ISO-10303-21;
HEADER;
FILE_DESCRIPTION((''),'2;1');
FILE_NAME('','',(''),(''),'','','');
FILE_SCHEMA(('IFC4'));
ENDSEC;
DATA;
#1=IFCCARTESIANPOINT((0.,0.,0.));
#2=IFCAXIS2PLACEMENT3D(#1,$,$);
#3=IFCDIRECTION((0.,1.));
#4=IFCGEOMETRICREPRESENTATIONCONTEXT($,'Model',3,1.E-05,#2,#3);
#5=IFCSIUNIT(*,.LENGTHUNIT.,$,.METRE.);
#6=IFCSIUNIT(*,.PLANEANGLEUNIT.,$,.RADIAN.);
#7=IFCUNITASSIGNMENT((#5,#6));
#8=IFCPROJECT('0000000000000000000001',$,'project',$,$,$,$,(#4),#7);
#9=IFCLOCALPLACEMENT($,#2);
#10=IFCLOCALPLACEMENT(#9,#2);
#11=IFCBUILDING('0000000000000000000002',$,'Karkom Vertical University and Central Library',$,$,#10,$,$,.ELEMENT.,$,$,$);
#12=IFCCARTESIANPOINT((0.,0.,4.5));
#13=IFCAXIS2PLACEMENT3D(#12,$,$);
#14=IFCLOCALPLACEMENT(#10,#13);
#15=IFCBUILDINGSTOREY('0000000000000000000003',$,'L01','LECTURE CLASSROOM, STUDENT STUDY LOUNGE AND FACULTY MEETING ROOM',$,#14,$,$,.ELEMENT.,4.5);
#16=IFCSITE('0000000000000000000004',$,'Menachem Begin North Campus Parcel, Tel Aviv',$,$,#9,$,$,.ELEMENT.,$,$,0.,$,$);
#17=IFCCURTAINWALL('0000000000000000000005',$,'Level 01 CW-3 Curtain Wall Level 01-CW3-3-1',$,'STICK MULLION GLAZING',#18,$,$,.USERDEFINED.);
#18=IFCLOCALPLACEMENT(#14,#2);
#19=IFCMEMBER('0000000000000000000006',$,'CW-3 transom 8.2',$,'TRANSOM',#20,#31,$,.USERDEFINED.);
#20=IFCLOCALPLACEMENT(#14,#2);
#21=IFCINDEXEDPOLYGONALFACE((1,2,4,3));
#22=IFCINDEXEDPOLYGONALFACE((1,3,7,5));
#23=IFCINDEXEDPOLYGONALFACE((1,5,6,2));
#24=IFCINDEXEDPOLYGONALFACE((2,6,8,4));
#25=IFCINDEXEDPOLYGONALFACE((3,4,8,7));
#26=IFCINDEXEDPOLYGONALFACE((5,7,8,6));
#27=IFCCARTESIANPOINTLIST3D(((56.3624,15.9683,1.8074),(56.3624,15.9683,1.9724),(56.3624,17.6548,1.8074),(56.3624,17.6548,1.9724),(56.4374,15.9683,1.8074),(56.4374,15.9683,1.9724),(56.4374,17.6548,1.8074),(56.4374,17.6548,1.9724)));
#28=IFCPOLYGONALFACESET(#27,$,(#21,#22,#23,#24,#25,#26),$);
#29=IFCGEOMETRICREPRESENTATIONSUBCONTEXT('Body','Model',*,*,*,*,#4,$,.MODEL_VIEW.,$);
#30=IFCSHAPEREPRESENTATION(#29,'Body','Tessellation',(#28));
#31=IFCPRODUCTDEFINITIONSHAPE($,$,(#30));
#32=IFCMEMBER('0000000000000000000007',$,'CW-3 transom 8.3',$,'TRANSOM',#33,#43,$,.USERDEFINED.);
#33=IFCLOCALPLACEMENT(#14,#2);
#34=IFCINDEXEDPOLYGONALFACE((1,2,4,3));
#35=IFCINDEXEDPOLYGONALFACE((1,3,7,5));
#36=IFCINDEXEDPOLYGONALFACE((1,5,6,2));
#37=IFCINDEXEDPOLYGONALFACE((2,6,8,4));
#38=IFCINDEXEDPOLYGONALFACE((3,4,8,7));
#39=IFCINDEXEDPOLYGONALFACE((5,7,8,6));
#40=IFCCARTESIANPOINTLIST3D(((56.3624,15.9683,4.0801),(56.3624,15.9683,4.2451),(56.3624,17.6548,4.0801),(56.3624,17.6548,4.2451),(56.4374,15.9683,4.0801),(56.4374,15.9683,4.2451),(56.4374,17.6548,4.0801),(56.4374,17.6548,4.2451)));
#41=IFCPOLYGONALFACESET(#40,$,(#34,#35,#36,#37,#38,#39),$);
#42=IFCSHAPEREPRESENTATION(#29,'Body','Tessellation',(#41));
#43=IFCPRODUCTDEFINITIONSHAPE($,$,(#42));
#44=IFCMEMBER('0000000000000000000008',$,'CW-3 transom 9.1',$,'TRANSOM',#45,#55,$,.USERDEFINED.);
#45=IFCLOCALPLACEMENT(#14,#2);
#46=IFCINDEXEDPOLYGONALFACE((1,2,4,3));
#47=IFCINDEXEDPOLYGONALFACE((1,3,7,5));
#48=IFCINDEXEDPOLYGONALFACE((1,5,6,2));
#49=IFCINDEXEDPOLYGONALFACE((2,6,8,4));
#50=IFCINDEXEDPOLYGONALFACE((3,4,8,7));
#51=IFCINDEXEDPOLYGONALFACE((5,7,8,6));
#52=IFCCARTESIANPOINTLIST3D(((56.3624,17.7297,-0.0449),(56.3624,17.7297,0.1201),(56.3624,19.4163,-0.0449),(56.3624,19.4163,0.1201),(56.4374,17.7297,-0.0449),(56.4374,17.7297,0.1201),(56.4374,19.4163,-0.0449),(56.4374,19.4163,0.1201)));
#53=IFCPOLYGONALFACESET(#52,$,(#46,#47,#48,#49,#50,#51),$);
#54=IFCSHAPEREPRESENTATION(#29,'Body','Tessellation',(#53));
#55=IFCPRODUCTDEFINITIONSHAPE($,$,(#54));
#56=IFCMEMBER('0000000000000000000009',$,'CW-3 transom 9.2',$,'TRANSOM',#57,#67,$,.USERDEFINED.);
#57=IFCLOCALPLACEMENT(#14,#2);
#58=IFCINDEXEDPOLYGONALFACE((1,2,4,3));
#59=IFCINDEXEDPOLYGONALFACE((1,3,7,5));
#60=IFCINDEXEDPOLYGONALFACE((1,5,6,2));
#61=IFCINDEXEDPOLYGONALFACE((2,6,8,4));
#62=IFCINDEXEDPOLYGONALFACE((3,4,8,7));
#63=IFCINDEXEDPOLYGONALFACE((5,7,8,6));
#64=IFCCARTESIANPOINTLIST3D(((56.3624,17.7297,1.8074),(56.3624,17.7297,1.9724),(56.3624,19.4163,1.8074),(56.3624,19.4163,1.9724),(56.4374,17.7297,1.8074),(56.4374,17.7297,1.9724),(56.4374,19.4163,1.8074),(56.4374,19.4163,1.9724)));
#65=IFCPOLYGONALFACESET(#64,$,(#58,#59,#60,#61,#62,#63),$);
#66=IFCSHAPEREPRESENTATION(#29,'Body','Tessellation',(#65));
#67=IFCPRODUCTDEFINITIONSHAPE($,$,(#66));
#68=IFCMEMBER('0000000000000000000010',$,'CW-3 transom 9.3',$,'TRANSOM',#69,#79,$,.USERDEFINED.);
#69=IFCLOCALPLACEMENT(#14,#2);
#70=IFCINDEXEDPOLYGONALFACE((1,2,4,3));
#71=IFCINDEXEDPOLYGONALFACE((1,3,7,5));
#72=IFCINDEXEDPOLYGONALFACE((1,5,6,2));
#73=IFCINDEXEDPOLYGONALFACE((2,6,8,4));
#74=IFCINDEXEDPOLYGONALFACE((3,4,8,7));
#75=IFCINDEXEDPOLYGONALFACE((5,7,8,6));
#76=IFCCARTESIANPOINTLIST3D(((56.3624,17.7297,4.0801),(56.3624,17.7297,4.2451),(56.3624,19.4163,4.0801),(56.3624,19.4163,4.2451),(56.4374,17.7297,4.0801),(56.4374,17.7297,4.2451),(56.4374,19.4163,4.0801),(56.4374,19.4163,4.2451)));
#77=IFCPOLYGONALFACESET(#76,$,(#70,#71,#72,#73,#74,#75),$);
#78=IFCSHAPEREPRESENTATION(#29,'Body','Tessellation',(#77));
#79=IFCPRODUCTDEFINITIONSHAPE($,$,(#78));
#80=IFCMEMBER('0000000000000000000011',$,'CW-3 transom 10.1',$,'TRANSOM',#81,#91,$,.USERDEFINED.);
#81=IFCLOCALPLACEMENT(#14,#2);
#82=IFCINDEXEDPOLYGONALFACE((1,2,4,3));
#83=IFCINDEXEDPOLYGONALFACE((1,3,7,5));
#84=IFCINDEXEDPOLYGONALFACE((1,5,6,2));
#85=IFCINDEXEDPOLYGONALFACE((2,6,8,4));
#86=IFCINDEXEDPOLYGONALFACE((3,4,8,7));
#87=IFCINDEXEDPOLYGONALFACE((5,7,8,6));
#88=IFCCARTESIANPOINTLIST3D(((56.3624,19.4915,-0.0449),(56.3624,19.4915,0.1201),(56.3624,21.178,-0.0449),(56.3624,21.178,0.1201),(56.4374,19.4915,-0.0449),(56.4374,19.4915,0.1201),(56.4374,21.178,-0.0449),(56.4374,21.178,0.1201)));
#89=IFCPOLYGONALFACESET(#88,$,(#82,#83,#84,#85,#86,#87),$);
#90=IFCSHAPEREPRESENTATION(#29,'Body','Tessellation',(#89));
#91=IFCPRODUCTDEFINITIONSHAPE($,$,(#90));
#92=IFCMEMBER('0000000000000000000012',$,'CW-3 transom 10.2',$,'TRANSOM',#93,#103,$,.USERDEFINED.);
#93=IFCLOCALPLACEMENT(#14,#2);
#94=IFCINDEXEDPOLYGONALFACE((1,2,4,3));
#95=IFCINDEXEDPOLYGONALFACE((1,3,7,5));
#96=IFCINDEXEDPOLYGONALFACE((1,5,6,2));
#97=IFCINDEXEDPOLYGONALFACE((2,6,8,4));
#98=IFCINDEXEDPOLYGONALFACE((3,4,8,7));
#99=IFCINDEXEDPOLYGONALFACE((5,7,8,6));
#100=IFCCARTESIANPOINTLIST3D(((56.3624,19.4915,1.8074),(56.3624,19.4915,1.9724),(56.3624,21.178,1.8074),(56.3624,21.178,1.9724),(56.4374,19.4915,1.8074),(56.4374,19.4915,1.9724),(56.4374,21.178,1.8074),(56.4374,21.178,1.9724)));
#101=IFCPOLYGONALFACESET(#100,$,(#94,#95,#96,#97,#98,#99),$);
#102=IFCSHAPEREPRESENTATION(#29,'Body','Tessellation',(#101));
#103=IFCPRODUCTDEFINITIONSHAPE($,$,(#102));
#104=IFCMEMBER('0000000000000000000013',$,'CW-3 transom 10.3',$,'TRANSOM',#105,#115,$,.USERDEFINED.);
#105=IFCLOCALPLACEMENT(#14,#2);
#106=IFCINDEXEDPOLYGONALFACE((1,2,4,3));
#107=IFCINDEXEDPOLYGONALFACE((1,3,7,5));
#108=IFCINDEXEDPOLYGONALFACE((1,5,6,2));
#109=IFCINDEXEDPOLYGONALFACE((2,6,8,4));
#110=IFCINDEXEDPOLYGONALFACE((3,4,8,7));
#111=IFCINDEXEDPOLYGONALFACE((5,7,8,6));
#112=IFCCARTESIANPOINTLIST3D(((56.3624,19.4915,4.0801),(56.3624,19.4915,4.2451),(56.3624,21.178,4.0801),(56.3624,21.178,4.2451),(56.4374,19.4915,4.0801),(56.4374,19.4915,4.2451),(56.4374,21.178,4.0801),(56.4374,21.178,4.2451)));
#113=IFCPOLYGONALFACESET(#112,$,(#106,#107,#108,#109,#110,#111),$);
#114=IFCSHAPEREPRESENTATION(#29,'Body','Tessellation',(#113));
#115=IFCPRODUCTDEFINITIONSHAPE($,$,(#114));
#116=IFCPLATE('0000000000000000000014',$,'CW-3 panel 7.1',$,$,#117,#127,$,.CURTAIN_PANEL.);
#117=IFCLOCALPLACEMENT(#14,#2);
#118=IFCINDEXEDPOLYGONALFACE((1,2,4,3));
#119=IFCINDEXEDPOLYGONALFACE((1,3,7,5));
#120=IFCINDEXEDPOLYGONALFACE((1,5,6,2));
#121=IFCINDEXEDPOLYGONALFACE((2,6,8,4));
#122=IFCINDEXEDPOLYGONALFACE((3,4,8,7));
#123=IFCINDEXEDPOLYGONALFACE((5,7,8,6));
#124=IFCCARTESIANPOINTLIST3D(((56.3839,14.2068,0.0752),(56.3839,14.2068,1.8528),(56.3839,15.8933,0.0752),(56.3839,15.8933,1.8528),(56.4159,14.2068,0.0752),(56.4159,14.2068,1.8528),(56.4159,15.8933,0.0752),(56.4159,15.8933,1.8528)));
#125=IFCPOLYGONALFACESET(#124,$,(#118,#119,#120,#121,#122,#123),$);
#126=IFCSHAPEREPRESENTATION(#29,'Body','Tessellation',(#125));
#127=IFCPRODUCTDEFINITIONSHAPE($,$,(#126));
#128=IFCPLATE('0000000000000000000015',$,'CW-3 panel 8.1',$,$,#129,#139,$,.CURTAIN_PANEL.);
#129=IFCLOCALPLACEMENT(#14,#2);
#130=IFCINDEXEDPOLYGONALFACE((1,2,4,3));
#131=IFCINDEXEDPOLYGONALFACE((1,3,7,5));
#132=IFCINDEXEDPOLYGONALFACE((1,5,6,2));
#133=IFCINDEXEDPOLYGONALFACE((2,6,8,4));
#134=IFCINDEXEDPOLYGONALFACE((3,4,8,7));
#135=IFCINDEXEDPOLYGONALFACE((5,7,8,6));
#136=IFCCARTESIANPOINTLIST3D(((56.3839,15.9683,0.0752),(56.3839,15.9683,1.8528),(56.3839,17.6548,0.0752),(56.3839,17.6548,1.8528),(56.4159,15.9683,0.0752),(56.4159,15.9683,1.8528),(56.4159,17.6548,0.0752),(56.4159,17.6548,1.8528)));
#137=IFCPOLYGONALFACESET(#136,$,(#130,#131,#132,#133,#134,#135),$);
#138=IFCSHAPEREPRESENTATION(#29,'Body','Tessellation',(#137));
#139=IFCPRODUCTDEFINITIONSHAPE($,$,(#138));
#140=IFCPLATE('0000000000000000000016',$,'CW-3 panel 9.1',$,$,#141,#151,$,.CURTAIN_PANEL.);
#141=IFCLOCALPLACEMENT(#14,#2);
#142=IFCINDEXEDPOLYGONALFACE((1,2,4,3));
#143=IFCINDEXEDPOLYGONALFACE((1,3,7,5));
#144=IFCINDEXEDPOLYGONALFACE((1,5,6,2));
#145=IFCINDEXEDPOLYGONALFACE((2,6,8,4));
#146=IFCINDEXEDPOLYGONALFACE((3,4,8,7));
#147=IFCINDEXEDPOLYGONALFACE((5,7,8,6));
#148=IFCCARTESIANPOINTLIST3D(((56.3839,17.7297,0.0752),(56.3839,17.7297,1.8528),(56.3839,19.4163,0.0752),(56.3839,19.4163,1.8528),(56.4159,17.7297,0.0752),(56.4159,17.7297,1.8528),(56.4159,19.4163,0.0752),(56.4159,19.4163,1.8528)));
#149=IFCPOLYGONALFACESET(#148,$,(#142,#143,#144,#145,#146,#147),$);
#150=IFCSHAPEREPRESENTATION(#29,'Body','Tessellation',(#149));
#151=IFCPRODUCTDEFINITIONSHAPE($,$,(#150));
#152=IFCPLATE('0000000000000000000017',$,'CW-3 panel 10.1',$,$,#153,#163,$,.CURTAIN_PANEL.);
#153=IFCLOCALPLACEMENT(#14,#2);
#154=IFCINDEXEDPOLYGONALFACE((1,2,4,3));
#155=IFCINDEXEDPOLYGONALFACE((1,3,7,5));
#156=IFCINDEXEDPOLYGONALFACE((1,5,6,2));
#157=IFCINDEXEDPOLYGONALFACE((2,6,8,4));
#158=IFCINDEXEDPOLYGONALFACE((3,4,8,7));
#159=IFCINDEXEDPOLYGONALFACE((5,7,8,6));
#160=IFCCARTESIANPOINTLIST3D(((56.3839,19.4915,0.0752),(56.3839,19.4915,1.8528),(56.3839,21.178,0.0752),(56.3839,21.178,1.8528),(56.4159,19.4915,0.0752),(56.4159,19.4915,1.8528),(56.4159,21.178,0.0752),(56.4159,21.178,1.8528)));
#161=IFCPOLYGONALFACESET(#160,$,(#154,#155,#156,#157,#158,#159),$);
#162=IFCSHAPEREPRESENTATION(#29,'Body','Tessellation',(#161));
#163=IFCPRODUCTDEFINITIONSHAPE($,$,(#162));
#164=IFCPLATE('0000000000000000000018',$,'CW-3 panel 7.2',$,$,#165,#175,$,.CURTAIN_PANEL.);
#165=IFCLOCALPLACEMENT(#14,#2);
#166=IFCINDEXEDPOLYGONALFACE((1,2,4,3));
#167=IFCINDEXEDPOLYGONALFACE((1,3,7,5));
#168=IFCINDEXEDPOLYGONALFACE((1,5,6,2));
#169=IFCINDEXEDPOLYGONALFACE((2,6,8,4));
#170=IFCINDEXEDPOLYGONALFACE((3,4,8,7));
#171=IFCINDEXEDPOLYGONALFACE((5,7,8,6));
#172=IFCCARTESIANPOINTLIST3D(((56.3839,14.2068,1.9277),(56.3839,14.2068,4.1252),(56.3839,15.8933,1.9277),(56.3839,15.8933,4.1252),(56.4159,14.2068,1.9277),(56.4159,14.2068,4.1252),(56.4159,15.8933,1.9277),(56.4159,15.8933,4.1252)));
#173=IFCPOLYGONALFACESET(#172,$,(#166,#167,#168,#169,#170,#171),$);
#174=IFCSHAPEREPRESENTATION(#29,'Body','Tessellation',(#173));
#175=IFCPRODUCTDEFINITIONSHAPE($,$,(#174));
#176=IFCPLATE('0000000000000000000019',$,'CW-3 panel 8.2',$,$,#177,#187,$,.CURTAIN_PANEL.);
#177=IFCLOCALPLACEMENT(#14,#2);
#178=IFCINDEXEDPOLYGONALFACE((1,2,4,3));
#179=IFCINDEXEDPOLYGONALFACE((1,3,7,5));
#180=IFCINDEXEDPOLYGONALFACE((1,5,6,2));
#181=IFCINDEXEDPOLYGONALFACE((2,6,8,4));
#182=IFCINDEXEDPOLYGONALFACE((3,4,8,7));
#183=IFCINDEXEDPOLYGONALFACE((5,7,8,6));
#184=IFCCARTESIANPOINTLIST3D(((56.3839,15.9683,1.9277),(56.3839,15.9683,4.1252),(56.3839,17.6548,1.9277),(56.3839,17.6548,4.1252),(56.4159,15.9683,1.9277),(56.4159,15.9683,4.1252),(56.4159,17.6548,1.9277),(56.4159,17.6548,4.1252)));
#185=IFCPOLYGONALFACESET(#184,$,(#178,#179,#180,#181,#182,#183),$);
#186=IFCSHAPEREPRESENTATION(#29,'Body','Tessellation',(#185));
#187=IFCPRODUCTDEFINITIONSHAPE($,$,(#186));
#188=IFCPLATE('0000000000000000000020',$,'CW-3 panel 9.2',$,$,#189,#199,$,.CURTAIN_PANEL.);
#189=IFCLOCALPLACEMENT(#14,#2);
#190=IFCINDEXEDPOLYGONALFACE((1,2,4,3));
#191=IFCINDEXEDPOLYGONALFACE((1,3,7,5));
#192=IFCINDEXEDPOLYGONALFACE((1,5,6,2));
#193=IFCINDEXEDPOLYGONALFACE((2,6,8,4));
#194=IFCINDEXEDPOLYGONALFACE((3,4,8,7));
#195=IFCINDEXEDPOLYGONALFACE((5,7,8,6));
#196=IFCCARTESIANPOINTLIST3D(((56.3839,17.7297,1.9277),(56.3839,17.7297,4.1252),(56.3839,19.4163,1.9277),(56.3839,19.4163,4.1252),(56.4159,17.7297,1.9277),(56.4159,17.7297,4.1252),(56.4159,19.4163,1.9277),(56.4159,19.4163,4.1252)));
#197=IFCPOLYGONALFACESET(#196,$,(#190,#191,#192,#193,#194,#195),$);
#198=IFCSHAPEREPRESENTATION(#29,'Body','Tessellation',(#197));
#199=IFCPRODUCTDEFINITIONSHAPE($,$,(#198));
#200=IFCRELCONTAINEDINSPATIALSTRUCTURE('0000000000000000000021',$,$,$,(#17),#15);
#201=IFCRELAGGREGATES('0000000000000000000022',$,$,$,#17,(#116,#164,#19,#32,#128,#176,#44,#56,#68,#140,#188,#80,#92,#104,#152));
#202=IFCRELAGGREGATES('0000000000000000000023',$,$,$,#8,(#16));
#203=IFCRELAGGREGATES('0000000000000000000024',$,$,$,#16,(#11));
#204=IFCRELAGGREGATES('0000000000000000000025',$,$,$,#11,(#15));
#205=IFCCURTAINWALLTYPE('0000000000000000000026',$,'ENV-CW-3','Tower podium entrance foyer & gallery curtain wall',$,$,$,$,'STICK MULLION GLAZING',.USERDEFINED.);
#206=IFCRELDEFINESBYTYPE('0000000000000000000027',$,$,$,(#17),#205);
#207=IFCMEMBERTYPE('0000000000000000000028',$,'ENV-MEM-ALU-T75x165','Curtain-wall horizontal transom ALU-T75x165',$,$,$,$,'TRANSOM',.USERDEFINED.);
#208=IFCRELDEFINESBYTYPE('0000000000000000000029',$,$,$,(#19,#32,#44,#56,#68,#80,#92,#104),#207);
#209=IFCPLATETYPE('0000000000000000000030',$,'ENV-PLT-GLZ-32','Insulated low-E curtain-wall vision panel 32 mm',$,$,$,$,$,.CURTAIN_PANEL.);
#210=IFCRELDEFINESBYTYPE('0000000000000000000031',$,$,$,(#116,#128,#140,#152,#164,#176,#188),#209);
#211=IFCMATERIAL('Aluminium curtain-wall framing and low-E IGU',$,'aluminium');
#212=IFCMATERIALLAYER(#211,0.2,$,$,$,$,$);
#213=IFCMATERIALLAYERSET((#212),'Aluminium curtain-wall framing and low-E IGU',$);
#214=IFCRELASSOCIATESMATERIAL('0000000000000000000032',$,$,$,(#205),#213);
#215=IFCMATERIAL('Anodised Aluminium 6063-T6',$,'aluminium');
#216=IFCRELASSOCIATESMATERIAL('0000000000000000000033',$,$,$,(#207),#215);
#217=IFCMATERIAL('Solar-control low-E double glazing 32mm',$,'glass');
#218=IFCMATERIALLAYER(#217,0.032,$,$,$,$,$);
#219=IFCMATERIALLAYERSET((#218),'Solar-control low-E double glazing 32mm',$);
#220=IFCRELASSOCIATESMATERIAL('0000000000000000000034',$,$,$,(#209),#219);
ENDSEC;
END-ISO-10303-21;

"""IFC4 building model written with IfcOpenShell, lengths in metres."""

from ifc_helpers import new_model, si_unit, direction, frame, origin, origin_with_axes, origin_2d, place, context, subcontext, project, spatial, rectangle, extrude, source, transform, mapped, material, layer, layer_set, material_profile, profile_set, type_object, element, aggregate, save


model = new_model("IFC4")

# Units and contexts
model_context = context("Model", 3, precision=1e-05, world=origin(), true_north=direction((0.0, 1.0)))
body_context = subcontext(model_context, "Body", "Model", "MODEL_VIEW")
ifc_project = project(units=[si_unit("LENGTHUNIT", "METRE"), si_unit("PLANEANGLEUNIT", "RADIAN")], contexts=[model_context])

# Site, building, storey
site_placement = place(None, origin())
site = spatial("IfcSite", under=ifc_project, at=site_placement, Name="Menachem Begin North Campus Parcel, Tel Aviv", CompositionType="ELEMENT", RefElevation=0.0)
building_placement = place(site_placement, origin())
building = spatial("IfcBuilding", under=site, at=building_placement, Name="Karkom Vertical University and Central Library", CompositionType="ELEMENT")
storey_placement = place(building_placement, frame((0.0, 0.0, 4.5)))
storey = spatial("IfcBuildingStorey", under=building, at=storey_placement, Name="L01", Description="LECTURE CLASSROOM, STUDENT STUDY LOUNGE AND FACULTY MEETING ROOM", CompositionType="ELEMENT", Elevation=4.5)

# Curtain wall, members, plates
ifc_material_1 = material(Name="Aluminium curtain-wall framing and low-E IGU", Category="aluminium")
ifc_layer_1 = layer(ifc_material_1, 0.2)
ifc_layer_set_1 = layer_set([ifc_layer_1], Name="Aluminium curtain-wall framing and low-E IGU")
curtain_wall_type = type_object("IfcCurtainWallType", Name="ENV-CW-3", Description="Tower podium entrance foyer & gallery curtain wall", ElementType="STICK MULLION GLAZING", PredefinedType="USERDEFINED", material=ifc_layer_set_1)
curtain_wall_placement = place(storey_placement, origin())
curtain_wall = element("IfcCurtainWall", 1, at=curtain_wall_placement, inside=storey, type_object=curtain_wall_type, Name="Level 01 CW-3 Curtain Wall Level 01-CW3-3-1", ObjectType="STICK MULLION GLAZING", PredefinedType="USERDEFINED")
ifc_material_2 = material(Name="Anodised Aluminium 6063-T6", Category="aluminium")
ifc_material_profile_1 = material_profile(ifc_material_2, rectangle(XDim=0.075, YDim=0.165, at=origin_2d()), Name="ALU-T75x165")
ifc_profile_set_1 = profile_set([ifc_material_profile_1], Name="Anodised Aluminium 6063-T6")
member_type_1 = type_object("IfcMemberType", Name="ENV-MEM-ALU-T75x165", Description="Curtain-wall horizontal transom ALU-T75x165", ElementType="TRANSOM", PredefinedType="USERDEFINED", material=ifc_profile_set_1)
shared_shape_1 = source(origin_with_axes(), body_context, "Body", "SweptSolid", [
    extrude(rectangle(XDim=0.075, YDim=0.165, at=origin_2d()), origin(), (0.0, 0.0, 1.0), 1.6865),
])
member_1_placement = place(storey_placement, frame((56.3999, 15.9683, 1.8899), z_axis=(0.0, 1.0, 0.0), x_axis=(-1.0, 0.0, 0.0)))
member_1 = element("IfcMember", 2, at=member_1_placement, type_object=member_type_1, Name="CW-3 transom 8.2", ObjectType="TRANSOM", PredefinedType="USERDEFINED", context=body_context, shape_type="MappedRepresentation", body=[
    mapped(shared_shape_1, transform((0.0, 0.0, 0.0), scale=1.0)),
])
member_2_placement = place(storey_placement, frame((56.3999, 15.9683, 4.1626), z_axis=(0.0, 1.0, 0.0), x_axis=(-1.0, 0.0, 0.0)))
member_2 = element("IfcMember", 3, at=member_2_placement, type_object=member_type_1, Name="CW-3 transom 8.3", ObjectType="TRANSOM", PredefinedType="USERDEFINED", context=body_context, shape_type="MappedRepresentation", body=[
    mapped(shared_shape_1, transform((0.0, 0.0, 0.0), scale=1.0)),
])
member_3_placement = place(storey_placement, frame((56.3999, 17.7297, 0.0376), z_axis=(0.0, 1.0, 0.0), x_axis=(-1.0, 0.0, 0.0)))
member_3 = element("IfcMember", 4, at=member_3_placement, type_object=member_type_1, Name="CW-3 transom 9.1", ObjectType="TRANSOM", PredefinedType="USERDEFINED", context=body_context, shape_type="MappedRepresentation", body=[
    mapped(shared_shape_1, transform((0.0, 0.0, 0.0), scale=1.0)),
])
member_4_placement = place(storey_placement, frame((56.3999, 17.7297, 1.8899), z_axis=(0.0, 1.0, 0.0), x_axis=(-1.0, 0.0, 0.0)))
member_4 = element("IfcMember", 5, at=member_4_placement, type_object=member_type_1, Name="CW-3 transom 9.2", ObjectType="TRANSOM", PredefinedType="USERDEFINED", context=body_context, shape_type="MappedRepresentation", body=[
    mapped(shared_shape_1, transform((0.0, 0.0, 0.0), scale=1.0)),
])
member_5_placement = place(storey_placement, frame((56.3999, 17.7297, 4.1626), z_axis=(0.0, 1.0, 0.0), x_axis=(-1.0, 0.0, 0.0)))
member_5 = element("IfcMember", 6, at=member_5_placement, type_object=member_type_1, Name="CW-3 transom 9.3", ObjectType="TRANSOM", PredefinedType="USERDEFINED", context=body_context, shape_type="MappedRepresentation", body=[
    mapped(shared_shape_1, transform((0.0, 0.0, 0.0), scale=1.0)),
])
member_6_placement = place(storey_placement, frame((56.3999, 19.4915, 0.0376), z_axis=(0.0, 1.0, 0.0), x_axis=(-1.0, 0.0, 0.0)))
member_6 = element("IfcMember", 7, at=member_6_placement, type_object=member_type_1, Name="CW-3 transom 10.1", ObjectType="TRANSOM", PredefinedType="USERDEFINED", context=body_context, shape_type="MappedRepresentation", body=[
    mapped(shared_shape_1, transform((0.0, 0.0, 0.0), scale=1.0)),
])
member_7_placement = place(storey_placement, frame((56.3999, 19.4915, 1.8899), z_axis=(0.0, 1.0, 0.0), x_axis=(-1.0, 0.0, 0.0)))
member_7 = element("IfcMember", 8, at=member_7_placement, type_object=member_type_1, Name="CW-3 transom 10.2", ObjectType="TRANSOM", PredefinedType="USERDEFINED", context=body_context, shape_type="MappedRepresentation", body=[
    mapped(shared_shape_1, transform((0.0, 0.0, 0.0), scale=1.0)),
])
member_8_placement = place(storey_placement, frame((56.3999, 19.4915, 4.1626), z_axis=(0.0, 1.0, 0.0), x_axis=(-1.0, 0.0, 0.0)))
member_8 = element("IfcMember", 9, at=member_8_placement, type_object=member_type_1, Name="CW-3 transom 10.3", ObjectType="TRANSOM", PredefinedType="USERDEFINED", context=body_context, shape_type="MappedRepresentation", body=[
    mapped(shared_shape_1, transform((0.0, 0.0, 0.0), scale=1.0)),
])
ifc_material_3 = material(Name="Solar-control low-E double glazing 32mm", Category="glass")
ifc_layer_2 = layer(ifc_material_3, 0.032)
ifc_layer_set_2 = layer_set([ifc_layer_2], Name="Solar-control low-E double glazing 32mm")
plate_type = type_object("IfcPlateType", Name="ENV-PLT-GLZ-32", Description="Insulated low-E curtain-wall vision panel 32 mm", PredefinedType="CURTAIN_PANEL", material=ifc_layer_set_2)
shared_shape_2 = source(origin_with_axes(), body_context, "Body", "SweptSolid", [
    extrude(rectangle(XDim=1.6865, YDim=0.032, at=origin_2d()), origin(), (0.0, 0.0, 1.0), 1.7776),
])
plate_1_placement = place(storey_placement, frame((56.3999, 15.05, 0.0752), z_axis=(0.0, 0.0, 1.0), x_axis=(0.0, 1.0, 0.0)))
plate_1 = element("IfcPlate", 10, at=plate_1_placement, type_object=plate_type, Name="CW-3 panel 7.1", PredefinedType="CURTAIN_PANEL", context=body_context, shape_type="MappedRepresentation", body=[
    mapped(shared_shape_2, transform((0.0, 0.0, 0.0), scale=1.0)),
])
plate_2_placement = place(storey_placement, frame((56.3999, 16.8115, 0.0752), z_axis=(0.0, 0.0, 1.0), x_axis=(0.0, 1.0, 0.0)))
plate_2 = element("IfcPlate", 11, at=plate_2_placement, type_object=plate_type, Name="CW-3 panel 8.1", PredefinedType="CURTAIN_PANEL", context=body_context, shape_type="MappedRepresentation", body=[
    mapped(shared_shape_2, transform((0.0, 0.0, 0.0), scale=1.0)),
])
plate_3_placement = place(storey_placement, frame((56.3999, 18.573, 0.0752), z_axis=(0.0, 0.0, 1.0), x_axis=(0.0, 1.0, 0.0)))
plate_3 = element("IfcPlate", 12, at=plate_3_placement, type_object=plate_type, Name="CW-3 panel 9.1", PredefinedType="CURTAIN_PANEL", context=body_context, shape_type="MappedRepresentation", body=[
    mapped(shared_shape_2, transform((0.0, 0.0, 0.0), scale=1.0)),
])
plate_4_placement = place(storey_placement, frame((56.3999, 20.3347, 0.0752), z_axis=(0.0, 0.0, 1.0), x_axis=(0.0, 1.0, 0.0)))
plate_4 = element("IfcPlate", 13, at=plate_4_placement, type_object=plate_type, Name="CW-3 panel 10.1", PredefinedType="CURTAIN_PANEL", context=body_context, shape_type="MappedRepresentation", body=[
    mapped(shared_shape_2, transform((0.0, 0.0, 0.0), scale=1.0)),
])
shared_shape_3 = source(origin_with_axes(), body_context, "Body", "SweptSolid", [
    extrude(rectangle(XDim=1.6865, YDim=0.032, at=origin_2d()), origin(), (0.0, 0.0, 1.0), 2.1975),
])
plate_5_placement = place(storey_placement, frame((56.3999, 15.05, 1.9277), z_axis=(0.0, 0.0, 1.0), x_axis=(0.0, 1.0, 0.0)))
plate_5 = element("IfcPlate", 14, at=plate_5_placement, type_object=plate_type, Name="CW-3 panel 7.2", PredefinedType="CURTAIN_PANEL", context=body_context, shape_type="MappedRepresentation", body=[
    mapped(shared_shape_3, transform((0.0, 0.0, 0.0), scale=1.0)),
])
plate_6_placement = place(storey_placement, frame((56.3999, 16.8115, 1.9277), z_axis=(0.0, 0.0, 1.0), x_axis=(0.0, 1.0, 0.0)))
plate_6 = element("IfcPlate", 15, at=plate_6_placement, type_object=plate_type, Name="CW-3 panel 8.2", PredefinedType="CURTAIN_PANEL", context=body_context, shape_type="MappedRepresentation", body=[
    mapped(shared_shape_3, transform((0.0, 0.0, 0.0), scale=1.0)),
])
plate_7_placement = place(storey_placement, frame((56.3999, 18.573, 1.9277), z_axis=(0.0, 0.0, 1.0), x_axis=(0.0, 1.0, 0.0)))
plate_7 = element("IfcPlate", 16, at=plate_7_placement, type_object=plate_type, Name="CW-3 panel 9.2", PredefinedType="CURTAIN_PANEL", context=body_context, shape_type="MappedRepresentation", body=[
    mapped(shared_shape_3, transform((0.0, 0.0, 0.0), scale=1.0)),
])
aggregate(curtain_wall, [plate_1, plate_5, member_1, member_2, plate_2, plate_6, member_3, member_4, member_5, plate_3, plate_7, member_6, member_7, member_8, plate_4])

save(model, "model.ifc")
